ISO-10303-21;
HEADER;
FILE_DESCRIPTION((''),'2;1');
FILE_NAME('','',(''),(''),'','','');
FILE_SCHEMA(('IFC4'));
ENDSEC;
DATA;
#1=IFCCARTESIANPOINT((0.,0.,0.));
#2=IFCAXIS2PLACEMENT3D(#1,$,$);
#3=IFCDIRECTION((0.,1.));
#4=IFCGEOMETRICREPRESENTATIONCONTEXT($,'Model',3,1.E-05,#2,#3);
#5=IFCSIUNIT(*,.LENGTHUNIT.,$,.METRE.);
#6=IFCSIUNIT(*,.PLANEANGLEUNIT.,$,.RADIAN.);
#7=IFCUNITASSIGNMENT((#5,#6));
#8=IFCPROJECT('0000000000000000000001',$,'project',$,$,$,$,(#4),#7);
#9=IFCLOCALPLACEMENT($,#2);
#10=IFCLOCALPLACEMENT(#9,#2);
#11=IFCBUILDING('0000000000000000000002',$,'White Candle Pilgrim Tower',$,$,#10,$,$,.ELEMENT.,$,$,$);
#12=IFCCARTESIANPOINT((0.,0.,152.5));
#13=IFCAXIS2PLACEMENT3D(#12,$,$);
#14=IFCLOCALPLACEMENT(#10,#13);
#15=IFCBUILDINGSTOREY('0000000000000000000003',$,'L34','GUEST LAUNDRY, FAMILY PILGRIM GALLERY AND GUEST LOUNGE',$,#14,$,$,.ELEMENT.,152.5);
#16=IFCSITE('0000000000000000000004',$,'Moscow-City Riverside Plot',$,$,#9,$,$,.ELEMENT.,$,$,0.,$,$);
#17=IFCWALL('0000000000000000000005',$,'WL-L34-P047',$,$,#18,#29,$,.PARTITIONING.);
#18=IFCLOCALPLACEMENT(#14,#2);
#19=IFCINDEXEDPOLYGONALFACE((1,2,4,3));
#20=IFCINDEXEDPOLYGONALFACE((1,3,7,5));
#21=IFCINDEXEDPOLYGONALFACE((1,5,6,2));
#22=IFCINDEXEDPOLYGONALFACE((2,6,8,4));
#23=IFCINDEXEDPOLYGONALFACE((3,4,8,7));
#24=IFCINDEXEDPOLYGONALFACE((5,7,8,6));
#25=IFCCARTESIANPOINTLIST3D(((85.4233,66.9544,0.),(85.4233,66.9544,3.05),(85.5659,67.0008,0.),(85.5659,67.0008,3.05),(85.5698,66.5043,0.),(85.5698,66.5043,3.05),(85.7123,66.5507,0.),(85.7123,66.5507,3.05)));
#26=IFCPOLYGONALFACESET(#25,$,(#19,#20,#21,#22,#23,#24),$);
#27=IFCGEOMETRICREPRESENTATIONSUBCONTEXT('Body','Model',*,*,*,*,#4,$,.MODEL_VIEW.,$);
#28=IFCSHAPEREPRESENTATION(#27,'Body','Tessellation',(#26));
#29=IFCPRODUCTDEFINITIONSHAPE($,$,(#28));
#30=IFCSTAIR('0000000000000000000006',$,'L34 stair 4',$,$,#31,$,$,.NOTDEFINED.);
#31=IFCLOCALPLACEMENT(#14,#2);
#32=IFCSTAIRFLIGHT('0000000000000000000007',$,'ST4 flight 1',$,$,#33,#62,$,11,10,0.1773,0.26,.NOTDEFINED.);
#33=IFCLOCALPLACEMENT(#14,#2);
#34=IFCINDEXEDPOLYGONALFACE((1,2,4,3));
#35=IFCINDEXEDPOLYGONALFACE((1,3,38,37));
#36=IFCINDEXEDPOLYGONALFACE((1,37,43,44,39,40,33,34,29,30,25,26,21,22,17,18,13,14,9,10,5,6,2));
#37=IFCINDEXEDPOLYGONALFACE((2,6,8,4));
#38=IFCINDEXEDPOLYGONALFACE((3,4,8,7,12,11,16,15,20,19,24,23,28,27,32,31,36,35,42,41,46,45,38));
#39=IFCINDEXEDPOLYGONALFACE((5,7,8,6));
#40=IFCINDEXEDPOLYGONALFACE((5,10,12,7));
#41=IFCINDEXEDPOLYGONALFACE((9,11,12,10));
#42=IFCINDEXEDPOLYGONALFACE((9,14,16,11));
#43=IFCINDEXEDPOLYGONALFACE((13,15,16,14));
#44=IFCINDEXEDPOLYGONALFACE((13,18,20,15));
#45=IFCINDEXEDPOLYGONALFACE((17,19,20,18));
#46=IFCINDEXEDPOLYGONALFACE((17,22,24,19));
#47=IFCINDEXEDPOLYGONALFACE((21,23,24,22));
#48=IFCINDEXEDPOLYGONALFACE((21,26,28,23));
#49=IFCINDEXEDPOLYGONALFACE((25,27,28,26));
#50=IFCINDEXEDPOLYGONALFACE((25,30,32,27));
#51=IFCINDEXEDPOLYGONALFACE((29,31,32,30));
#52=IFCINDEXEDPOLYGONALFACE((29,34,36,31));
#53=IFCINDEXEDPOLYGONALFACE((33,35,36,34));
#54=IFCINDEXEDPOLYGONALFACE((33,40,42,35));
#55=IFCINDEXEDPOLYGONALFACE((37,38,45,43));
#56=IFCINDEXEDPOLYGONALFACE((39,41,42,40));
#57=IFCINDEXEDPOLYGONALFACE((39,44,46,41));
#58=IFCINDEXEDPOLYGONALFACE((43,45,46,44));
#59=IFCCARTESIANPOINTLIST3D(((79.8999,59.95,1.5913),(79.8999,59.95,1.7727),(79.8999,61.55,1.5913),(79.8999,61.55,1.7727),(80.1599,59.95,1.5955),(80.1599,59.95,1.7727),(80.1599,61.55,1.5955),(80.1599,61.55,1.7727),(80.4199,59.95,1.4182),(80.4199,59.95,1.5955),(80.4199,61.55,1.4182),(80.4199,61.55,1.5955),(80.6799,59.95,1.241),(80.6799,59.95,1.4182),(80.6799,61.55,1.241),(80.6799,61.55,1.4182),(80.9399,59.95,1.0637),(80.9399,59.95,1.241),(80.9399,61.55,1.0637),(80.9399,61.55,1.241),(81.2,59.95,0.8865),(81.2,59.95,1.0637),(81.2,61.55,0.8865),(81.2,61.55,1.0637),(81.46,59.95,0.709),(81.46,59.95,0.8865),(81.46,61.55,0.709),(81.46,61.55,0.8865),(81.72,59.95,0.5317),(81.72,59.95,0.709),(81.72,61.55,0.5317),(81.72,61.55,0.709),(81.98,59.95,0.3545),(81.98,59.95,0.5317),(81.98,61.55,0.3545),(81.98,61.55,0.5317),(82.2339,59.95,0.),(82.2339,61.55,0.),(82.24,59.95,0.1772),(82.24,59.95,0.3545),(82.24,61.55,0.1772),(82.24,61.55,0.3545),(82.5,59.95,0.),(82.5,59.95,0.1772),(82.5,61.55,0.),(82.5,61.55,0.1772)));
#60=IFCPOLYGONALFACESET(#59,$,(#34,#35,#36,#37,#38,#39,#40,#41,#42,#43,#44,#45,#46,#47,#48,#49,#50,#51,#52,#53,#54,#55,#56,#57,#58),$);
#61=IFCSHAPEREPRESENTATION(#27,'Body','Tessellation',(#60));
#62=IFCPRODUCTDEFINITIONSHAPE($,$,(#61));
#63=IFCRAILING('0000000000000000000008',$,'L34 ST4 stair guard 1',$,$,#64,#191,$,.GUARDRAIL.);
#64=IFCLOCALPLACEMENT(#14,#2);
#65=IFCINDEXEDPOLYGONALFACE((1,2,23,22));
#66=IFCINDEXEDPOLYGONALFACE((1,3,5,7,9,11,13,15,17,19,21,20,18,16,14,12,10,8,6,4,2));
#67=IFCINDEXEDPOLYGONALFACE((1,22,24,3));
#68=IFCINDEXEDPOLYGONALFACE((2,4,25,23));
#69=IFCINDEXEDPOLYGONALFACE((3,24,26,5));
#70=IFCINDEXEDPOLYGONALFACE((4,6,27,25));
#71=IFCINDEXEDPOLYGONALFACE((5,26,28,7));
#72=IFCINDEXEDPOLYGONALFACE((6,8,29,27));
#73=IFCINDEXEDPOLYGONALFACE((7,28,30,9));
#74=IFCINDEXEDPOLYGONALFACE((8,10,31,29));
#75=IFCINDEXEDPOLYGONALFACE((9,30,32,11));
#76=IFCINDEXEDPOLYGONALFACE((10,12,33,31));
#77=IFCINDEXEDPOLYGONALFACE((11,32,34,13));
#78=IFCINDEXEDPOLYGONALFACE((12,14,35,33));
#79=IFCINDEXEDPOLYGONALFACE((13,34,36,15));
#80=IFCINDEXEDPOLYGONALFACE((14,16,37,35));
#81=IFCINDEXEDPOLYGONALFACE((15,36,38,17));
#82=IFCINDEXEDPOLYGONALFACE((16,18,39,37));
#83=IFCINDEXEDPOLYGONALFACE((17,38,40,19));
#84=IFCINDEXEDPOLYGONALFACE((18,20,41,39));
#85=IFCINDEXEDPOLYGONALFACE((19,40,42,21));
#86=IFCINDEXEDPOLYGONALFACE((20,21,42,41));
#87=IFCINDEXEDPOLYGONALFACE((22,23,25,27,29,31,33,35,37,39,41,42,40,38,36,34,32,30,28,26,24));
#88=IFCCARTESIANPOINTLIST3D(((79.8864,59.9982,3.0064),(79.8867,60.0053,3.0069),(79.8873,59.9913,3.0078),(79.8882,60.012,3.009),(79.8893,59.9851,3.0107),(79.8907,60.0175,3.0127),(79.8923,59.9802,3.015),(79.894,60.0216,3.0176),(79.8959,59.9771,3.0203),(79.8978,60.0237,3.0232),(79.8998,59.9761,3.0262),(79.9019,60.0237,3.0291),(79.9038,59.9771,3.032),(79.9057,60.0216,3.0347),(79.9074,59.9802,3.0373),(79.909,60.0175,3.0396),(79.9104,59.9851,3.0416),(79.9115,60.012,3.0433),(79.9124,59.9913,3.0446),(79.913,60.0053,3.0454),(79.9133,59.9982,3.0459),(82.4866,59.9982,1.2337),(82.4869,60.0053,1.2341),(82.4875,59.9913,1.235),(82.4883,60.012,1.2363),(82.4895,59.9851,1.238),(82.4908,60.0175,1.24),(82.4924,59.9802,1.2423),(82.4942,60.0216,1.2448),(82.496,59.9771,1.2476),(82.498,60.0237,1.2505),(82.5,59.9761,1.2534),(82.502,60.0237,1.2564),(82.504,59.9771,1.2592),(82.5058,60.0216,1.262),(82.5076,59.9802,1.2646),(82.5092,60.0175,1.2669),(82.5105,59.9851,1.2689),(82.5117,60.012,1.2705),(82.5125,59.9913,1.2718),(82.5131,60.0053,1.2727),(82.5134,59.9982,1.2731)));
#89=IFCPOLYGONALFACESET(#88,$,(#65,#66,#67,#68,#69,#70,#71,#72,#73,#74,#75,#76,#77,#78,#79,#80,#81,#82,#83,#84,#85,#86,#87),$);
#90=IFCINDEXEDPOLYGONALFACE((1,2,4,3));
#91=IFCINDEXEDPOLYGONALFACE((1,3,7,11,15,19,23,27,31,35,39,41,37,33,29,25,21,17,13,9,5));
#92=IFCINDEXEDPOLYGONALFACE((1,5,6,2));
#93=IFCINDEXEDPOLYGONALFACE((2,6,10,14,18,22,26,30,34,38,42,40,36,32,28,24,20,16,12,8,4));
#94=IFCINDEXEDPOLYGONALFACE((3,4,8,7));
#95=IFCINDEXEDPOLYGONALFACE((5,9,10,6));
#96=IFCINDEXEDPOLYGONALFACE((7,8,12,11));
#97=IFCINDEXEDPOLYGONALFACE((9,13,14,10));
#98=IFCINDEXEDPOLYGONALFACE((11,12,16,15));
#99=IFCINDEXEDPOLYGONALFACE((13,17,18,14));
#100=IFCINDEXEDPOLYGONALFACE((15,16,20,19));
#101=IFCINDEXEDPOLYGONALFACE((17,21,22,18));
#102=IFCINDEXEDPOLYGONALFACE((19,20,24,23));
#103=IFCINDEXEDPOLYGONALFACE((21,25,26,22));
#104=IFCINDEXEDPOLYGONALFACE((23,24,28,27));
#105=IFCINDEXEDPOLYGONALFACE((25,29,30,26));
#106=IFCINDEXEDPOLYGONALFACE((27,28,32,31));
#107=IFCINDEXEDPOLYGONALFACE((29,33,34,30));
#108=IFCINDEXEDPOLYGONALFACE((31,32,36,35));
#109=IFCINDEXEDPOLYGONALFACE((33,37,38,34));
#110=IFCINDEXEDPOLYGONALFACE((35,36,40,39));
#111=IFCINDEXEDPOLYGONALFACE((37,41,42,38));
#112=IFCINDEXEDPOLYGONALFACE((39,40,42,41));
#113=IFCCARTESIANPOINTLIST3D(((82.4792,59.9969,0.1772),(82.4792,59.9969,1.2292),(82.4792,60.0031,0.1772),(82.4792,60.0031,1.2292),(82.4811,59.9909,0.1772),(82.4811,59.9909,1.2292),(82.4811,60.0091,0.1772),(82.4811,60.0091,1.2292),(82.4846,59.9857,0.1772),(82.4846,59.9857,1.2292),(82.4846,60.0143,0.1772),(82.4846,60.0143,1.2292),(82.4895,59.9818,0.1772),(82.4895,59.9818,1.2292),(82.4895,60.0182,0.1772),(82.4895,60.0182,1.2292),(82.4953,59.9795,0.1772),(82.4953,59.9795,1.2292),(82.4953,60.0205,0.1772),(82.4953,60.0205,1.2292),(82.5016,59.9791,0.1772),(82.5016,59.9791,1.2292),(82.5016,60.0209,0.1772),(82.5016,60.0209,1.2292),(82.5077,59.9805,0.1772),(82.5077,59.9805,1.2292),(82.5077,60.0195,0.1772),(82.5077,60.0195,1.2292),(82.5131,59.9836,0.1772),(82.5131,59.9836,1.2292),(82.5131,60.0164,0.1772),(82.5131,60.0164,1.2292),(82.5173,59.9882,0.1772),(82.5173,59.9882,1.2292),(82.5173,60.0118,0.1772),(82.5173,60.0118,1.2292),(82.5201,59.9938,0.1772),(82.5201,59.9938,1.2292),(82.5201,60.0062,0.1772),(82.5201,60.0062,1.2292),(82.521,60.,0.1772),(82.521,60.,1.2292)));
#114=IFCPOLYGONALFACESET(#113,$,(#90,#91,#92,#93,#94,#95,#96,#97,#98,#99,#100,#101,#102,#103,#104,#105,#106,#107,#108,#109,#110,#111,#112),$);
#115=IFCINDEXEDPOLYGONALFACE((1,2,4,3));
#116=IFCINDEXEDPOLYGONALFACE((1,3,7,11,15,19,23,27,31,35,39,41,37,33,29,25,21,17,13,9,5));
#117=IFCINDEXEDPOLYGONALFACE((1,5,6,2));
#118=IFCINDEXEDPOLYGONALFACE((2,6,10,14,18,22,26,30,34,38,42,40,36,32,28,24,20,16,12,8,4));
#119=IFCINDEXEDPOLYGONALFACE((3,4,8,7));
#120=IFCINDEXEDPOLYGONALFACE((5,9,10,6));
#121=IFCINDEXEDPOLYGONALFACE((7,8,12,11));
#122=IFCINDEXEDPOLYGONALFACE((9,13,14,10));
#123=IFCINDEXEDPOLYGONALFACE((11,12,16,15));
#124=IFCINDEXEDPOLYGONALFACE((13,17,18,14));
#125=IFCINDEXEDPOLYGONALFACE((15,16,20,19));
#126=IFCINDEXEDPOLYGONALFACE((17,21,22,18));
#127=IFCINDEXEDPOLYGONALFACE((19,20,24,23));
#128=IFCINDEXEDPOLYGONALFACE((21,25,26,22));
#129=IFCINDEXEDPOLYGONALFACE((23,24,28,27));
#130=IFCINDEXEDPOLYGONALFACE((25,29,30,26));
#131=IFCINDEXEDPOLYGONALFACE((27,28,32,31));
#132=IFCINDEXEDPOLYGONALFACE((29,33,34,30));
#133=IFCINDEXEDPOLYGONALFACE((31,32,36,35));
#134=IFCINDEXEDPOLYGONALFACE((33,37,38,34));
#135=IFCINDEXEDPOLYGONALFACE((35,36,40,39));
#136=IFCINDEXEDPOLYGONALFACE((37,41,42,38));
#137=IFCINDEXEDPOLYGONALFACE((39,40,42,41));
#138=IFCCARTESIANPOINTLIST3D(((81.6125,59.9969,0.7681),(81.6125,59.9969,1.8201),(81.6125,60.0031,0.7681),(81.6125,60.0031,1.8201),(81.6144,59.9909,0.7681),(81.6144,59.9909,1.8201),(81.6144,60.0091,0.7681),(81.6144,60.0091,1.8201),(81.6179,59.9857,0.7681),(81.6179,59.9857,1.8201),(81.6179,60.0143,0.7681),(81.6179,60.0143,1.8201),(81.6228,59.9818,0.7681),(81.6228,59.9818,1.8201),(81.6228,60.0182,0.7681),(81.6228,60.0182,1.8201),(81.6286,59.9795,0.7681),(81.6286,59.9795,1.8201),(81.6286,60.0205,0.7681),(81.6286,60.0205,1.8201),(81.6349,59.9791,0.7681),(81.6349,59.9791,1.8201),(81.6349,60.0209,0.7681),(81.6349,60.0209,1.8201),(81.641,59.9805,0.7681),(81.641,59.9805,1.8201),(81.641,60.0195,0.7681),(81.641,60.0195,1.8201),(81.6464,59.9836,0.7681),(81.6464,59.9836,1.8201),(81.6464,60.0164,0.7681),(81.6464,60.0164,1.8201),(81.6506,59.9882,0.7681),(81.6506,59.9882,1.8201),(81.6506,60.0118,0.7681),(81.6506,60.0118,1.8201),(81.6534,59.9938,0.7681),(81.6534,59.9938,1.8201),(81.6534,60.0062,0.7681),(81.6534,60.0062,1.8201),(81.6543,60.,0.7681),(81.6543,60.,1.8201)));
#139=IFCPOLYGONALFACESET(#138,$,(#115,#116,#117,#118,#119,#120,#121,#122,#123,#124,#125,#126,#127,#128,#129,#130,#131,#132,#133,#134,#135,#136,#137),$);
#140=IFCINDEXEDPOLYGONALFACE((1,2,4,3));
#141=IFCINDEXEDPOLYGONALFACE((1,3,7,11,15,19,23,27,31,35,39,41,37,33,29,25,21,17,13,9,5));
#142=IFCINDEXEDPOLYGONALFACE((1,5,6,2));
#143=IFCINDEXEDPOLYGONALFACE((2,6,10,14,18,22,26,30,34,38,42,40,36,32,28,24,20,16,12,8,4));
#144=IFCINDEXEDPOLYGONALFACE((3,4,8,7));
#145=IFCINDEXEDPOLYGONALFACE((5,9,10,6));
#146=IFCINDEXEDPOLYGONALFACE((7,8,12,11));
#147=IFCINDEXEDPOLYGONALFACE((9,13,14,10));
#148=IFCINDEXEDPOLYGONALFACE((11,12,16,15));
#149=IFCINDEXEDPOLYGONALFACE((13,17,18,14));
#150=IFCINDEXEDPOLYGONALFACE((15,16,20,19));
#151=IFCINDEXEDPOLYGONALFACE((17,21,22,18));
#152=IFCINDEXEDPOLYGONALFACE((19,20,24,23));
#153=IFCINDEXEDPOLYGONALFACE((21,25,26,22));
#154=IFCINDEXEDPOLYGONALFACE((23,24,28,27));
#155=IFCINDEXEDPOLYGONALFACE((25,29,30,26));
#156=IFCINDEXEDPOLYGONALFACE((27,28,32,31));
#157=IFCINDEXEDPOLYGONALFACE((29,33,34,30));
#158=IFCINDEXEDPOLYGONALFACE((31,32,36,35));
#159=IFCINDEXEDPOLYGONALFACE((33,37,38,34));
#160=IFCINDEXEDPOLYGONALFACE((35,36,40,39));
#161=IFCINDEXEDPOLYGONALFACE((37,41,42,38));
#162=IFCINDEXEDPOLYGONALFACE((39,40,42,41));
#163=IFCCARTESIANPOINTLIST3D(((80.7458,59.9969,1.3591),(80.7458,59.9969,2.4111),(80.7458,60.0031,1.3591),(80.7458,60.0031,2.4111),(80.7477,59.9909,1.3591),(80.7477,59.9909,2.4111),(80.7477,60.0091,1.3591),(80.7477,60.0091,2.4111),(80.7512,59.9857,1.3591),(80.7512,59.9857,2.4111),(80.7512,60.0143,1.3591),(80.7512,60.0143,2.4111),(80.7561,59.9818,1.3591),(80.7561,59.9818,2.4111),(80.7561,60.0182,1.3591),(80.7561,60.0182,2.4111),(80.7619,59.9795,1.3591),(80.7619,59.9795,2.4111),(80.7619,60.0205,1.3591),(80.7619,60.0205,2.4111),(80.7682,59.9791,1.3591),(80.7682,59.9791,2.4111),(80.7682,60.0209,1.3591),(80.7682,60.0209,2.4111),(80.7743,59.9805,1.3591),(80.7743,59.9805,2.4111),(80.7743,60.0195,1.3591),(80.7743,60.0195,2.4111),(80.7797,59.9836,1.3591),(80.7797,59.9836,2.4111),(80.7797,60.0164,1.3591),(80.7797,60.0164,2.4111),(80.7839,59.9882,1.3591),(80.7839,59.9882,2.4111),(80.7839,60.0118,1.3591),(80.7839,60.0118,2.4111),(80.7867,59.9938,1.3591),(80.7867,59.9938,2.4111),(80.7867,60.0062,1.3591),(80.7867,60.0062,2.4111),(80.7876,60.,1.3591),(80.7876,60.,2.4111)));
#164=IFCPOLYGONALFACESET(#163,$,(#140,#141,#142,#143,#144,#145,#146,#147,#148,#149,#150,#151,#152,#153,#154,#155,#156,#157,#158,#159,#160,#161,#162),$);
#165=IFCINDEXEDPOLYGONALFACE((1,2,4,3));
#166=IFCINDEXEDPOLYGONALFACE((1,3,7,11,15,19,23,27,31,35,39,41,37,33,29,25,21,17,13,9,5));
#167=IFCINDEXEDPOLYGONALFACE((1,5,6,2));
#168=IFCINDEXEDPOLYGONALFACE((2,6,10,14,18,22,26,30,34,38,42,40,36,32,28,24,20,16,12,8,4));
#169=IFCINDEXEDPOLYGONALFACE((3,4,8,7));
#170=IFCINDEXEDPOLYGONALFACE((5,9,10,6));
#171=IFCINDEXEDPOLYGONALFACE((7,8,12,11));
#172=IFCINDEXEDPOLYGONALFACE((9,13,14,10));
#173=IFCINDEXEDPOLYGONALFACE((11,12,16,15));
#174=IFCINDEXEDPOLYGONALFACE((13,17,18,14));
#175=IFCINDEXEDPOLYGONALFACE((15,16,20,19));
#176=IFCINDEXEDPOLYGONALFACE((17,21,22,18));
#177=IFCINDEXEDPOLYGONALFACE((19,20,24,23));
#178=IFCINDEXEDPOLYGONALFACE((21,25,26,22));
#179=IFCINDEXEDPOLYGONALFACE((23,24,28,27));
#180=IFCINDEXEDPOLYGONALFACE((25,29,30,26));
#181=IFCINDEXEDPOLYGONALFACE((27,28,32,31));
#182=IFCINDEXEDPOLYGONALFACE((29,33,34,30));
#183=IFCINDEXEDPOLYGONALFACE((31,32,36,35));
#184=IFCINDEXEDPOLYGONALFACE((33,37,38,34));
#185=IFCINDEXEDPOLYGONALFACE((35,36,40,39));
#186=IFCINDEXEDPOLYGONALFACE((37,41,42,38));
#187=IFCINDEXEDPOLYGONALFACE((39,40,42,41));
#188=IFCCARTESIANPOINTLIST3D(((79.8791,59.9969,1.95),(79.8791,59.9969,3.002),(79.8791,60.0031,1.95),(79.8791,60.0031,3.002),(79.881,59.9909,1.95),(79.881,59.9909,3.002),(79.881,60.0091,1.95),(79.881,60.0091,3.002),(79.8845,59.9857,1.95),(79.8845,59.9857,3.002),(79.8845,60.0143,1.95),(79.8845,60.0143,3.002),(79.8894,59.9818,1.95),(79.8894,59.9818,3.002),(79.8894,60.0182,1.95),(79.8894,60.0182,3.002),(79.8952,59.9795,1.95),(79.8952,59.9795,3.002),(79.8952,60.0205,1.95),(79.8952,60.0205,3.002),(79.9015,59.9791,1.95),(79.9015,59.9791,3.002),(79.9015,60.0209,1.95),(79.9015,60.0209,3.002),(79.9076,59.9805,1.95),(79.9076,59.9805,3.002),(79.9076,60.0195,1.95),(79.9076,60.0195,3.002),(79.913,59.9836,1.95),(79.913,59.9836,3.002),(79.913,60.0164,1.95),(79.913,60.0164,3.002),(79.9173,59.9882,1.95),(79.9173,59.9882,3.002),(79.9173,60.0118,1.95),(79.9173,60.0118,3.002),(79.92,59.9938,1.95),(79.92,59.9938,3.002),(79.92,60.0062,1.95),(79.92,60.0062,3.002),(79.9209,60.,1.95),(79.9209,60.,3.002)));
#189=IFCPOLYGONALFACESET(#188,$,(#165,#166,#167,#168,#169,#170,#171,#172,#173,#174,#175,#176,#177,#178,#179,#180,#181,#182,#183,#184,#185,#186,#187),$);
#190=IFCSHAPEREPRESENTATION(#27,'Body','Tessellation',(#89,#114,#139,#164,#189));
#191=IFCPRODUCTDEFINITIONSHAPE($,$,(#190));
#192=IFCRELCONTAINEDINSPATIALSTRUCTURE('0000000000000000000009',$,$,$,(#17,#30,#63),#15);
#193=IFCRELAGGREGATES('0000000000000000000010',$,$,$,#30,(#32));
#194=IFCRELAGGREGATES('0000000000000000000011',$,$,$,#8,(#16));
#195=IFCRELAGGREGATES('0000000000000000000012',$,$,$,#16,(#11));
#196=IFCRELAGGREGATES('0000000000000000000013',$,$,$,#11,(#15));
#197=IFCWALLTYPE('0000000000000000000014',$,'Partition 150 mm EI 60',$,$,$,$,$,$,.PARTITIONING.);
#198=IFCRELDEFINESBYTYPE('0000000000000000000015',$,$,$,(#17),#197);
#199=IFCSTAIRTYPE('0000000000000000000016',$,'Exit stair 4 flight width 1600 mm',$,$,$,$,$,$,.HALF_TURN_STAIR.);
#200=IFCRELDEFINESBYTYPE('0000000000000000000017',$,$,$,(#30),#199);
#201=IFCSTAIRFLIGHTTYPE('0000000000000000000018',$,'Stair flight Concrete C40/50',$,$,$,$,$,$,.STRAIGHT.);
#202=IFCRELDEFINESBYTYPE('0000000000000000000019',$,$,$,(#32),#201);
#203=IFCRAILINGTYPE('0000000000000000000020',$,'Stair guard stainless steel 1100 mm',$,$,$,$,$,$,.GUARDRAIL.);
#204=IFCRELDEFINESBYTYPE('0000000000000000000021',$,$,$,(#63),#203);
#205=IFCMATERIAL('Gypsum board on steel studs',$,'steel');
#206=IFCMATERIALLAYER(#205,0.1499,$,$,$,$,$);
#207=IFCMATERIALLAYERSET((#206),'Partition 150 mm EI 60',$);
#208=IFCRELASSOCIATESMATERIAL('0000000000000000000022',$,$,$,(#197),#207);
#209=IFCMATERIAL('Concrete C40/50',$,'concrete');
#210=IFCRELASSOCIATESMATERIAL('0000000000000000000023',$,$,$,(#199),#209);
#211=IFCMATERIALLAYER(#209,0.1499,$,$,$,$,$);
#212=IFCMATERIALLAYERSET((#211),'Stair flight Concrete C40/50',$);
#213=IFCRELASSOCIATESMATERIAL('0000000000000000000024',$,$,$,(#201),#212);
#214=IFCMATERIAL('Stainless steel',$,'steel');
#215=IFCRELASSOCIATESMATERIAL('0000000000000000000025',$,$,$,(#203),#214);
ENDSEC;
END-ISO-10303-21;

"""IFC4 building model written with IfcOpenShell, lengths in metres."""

from ifc_helpers import new_model, si_unit, direction, frame, frame_2d, origin, origin_2d, place, context, subcontext, project, spatial, polyline, rectangle, circle, outline, extrude, material, layer, layer_set, type_object, element, aggregate, save


model = new_model("IFC4")

# Units and contexts
model_context = context("Model", 3, precision=1e-05, world=origin(), true_north=direction((0.0, 1.0)))
body_context = subcontext(model_context, "Body", "Model", "MODEL_VIEW")
ifc_project = project(units=[si_unit("LENGTHUNIT", "METRE"), si_unit("PLANEANGLEUNIT", "RADIAN")], contexts=[model_context])

# Site, building, storey
site_placement = place(None, origin())
site = spatial("IfcSite", under=ifc_project, at=site_placement, Name="Moscow-City Riverside Plot", CompositionType="ELEMENT", RefElevation=0.0)
building_placement = place(site_placement, origin())
building = spatial("IfcBuilding", under=site, at=building_placement, Name="White Candle Pilgrim Tower", CompositionType="ELEMENT")
storey_placement = place(building_placement, frame((0.0, 0.0, 152.5)))
storey = spatial("IfcBuildingStorey", under=building, at=storey_placement, Name="L34", Description="GUEST LAUNDRY, FAMILY PILGRIM GALLERY AND GUEST LOUNGE", CompositionType="ELEMENT", Elevation=152.5)

# Shared definitions
ifc_material_1 = material(Name="Gypsum board on steel studs", Category="steel")

# Shared definitions
ifc_layer_1 = layer(ifc_material_1, 0.1499)
ifc_layer_set_1 = layer_set([ifc_layer_1], Name="Partition 150 mm EI 60")
wall_type_1 = type_object("IfcWallType", Name="Partition 150 mm EI 60", PredefinedType="PARTITIONING", material=ifc_layer_set_1)

# Wall
wall_1_placement = place(storey_placement, frame((85.6411, 66.5273, 0.0), z_axis=(0.0, 0.0, 1.0), x_axis=(-0.309413, 0.950928, 0.0)))
element("IfcWall", 1, at=wall_1_placement, inside=storey, type_object=wall_type_1, Name="WL-L34-P047", PredefinedType="PARTITIONING", context=body_context, shape_type="SweptSolid", body=[
    extrude(rectangle(XDim=0.4734, YDim=0.1499, at=frame_2d((0.2368, 0.0))), origin(), (0.0, 0.0, 1.0), 3.05),
])

# Stair, stair flight
ifc_material_2 = material(Name="Concrete C40/50", Category="concrete")
stair_type = type_object("IfcStairType", Name="Exit stair 4 flight width 1600 mm", PredefinedType="HALF_TURN_STAIR", material=ifc_material_2)
stair_placement = place(storey_placement, origin())
stair = element("IfcStair", 2, at=stair_placement, inside=storey, type_object=stair_type, Name="L34 stair 4", PredefinedType="NOTDEFINED")
ifc_layer_2 = layer(ifc_material_2, 0.1499)
ifc_layer_set_2 = layer_set([ifc_layer_2], Name="Stair flight Concrete C40/50")
stair_flight_type = type_object("IfcStairFlightType", Name="Stair flight Concrete C40/50", PredefinedType="STRAIGHT", material=ifc_layer_set_2)
stair_flight_placement = place(storey_placement, frame((82.5, 60.75, 0.0), z_axis=(0.0, 0.0, 1.0), x_axis=(-1.0, 0.0, 0.0)))
stair_flight = element("IfcStairFlight", 3, at=stair_flight_placement, type_object=stair_flight_type, Name="ST4 flight 1", NumberOfRisers=11, NumberOfTreads=10, PredefinedType="NOTDEFINED", RiserHeight=0.1773, TreadLength=0.26, context=body_context, shape_type="SweptSolid", body=[
    extrude(outline(polyline([(0.0, 0.0), (0.0, 0.1772), (0.26, 0.1772), (0.26, 0.3545), (0.52, 0.3545), (0.52, 0.5317), (0.78, 0.5317), (0.78, 0.709), (1.04, 0.709), (1.04, 0.8865), (1.3, 0.8865), (1.3, 1.0637), (1.5601, 1.0637), (1.5601, 1.241), (1.8201, 1.241), (1.8201, 1.4182), (2.0801, 1.4182), (2.0801, 1.5955), (2.3401, 1.5955), (2.3401, 1.7727), (2.6001, 1.7727), (2.6001, 1.95), (2.6001, 1.5913), (0.2661, 0.0), (0.0, 0.0)])), frame((0.0, 0.8, 0.0), z_axis=(0.0, -1.0, 0.0), x_axis=(1.0, 0.0, 0.0)), (0.0, 0.0, 1.0), 1.6001),
])
aggregate(stair, [stair_flight])

# Railing
ifc_material_3 = material(Name="Stainless steel", Category="steel")
railing_type_1 = type_object("IfcRailingType", Name="Stair guard stainless steel 1100 mm", PredefinedType="GUARDRAIL", material=ifc_material_3)
railing_1_placement = place(storey_placement, frame((82.5, 60.0, 0.1772)))
element("IfcRailing", 4, at=railing_1_placement, inside=storey, type_object=railing_type_1, Name="L34 ST4 stair guard 1", PredefinedType="GUARDRAIL", context=body_context, shape_type="SweptSolid", body=[
    extrude(circle(Radius=0.0239, at=origin_2d()), frame((0.0, 0.0, 1.0762), z_axis=(-0.82624, 0.0, 0.563318), x_axis=(0.0, -1.0, 0.0)), (0.0, 0.0, 1.0), 3.147),
    extrude(circle(Radius=0.021, at=origin_2d()), origin(), (0.0, 0.0, 1.0), 1.052),
    extrude(circle(Radius=0.021, at=origin_2d()), frame((-0.8667, 0.0, 0.5908)), (0.0, 0.0, 1.0), 1.052),
    extrude(circle(Radius=0.021, at=origin_2d()), frame((-1.7334, 0.0, 1.1819)), (0.0, 0.0, 1.0), 1.052),
    extrude(circle(Radius=0.021, at=origin_2d()), frame((-2.6001, 0.0, 1.7727)), (0.0, 0.0, 1.0), 1.052),
])

save(model, "model.ifc")
